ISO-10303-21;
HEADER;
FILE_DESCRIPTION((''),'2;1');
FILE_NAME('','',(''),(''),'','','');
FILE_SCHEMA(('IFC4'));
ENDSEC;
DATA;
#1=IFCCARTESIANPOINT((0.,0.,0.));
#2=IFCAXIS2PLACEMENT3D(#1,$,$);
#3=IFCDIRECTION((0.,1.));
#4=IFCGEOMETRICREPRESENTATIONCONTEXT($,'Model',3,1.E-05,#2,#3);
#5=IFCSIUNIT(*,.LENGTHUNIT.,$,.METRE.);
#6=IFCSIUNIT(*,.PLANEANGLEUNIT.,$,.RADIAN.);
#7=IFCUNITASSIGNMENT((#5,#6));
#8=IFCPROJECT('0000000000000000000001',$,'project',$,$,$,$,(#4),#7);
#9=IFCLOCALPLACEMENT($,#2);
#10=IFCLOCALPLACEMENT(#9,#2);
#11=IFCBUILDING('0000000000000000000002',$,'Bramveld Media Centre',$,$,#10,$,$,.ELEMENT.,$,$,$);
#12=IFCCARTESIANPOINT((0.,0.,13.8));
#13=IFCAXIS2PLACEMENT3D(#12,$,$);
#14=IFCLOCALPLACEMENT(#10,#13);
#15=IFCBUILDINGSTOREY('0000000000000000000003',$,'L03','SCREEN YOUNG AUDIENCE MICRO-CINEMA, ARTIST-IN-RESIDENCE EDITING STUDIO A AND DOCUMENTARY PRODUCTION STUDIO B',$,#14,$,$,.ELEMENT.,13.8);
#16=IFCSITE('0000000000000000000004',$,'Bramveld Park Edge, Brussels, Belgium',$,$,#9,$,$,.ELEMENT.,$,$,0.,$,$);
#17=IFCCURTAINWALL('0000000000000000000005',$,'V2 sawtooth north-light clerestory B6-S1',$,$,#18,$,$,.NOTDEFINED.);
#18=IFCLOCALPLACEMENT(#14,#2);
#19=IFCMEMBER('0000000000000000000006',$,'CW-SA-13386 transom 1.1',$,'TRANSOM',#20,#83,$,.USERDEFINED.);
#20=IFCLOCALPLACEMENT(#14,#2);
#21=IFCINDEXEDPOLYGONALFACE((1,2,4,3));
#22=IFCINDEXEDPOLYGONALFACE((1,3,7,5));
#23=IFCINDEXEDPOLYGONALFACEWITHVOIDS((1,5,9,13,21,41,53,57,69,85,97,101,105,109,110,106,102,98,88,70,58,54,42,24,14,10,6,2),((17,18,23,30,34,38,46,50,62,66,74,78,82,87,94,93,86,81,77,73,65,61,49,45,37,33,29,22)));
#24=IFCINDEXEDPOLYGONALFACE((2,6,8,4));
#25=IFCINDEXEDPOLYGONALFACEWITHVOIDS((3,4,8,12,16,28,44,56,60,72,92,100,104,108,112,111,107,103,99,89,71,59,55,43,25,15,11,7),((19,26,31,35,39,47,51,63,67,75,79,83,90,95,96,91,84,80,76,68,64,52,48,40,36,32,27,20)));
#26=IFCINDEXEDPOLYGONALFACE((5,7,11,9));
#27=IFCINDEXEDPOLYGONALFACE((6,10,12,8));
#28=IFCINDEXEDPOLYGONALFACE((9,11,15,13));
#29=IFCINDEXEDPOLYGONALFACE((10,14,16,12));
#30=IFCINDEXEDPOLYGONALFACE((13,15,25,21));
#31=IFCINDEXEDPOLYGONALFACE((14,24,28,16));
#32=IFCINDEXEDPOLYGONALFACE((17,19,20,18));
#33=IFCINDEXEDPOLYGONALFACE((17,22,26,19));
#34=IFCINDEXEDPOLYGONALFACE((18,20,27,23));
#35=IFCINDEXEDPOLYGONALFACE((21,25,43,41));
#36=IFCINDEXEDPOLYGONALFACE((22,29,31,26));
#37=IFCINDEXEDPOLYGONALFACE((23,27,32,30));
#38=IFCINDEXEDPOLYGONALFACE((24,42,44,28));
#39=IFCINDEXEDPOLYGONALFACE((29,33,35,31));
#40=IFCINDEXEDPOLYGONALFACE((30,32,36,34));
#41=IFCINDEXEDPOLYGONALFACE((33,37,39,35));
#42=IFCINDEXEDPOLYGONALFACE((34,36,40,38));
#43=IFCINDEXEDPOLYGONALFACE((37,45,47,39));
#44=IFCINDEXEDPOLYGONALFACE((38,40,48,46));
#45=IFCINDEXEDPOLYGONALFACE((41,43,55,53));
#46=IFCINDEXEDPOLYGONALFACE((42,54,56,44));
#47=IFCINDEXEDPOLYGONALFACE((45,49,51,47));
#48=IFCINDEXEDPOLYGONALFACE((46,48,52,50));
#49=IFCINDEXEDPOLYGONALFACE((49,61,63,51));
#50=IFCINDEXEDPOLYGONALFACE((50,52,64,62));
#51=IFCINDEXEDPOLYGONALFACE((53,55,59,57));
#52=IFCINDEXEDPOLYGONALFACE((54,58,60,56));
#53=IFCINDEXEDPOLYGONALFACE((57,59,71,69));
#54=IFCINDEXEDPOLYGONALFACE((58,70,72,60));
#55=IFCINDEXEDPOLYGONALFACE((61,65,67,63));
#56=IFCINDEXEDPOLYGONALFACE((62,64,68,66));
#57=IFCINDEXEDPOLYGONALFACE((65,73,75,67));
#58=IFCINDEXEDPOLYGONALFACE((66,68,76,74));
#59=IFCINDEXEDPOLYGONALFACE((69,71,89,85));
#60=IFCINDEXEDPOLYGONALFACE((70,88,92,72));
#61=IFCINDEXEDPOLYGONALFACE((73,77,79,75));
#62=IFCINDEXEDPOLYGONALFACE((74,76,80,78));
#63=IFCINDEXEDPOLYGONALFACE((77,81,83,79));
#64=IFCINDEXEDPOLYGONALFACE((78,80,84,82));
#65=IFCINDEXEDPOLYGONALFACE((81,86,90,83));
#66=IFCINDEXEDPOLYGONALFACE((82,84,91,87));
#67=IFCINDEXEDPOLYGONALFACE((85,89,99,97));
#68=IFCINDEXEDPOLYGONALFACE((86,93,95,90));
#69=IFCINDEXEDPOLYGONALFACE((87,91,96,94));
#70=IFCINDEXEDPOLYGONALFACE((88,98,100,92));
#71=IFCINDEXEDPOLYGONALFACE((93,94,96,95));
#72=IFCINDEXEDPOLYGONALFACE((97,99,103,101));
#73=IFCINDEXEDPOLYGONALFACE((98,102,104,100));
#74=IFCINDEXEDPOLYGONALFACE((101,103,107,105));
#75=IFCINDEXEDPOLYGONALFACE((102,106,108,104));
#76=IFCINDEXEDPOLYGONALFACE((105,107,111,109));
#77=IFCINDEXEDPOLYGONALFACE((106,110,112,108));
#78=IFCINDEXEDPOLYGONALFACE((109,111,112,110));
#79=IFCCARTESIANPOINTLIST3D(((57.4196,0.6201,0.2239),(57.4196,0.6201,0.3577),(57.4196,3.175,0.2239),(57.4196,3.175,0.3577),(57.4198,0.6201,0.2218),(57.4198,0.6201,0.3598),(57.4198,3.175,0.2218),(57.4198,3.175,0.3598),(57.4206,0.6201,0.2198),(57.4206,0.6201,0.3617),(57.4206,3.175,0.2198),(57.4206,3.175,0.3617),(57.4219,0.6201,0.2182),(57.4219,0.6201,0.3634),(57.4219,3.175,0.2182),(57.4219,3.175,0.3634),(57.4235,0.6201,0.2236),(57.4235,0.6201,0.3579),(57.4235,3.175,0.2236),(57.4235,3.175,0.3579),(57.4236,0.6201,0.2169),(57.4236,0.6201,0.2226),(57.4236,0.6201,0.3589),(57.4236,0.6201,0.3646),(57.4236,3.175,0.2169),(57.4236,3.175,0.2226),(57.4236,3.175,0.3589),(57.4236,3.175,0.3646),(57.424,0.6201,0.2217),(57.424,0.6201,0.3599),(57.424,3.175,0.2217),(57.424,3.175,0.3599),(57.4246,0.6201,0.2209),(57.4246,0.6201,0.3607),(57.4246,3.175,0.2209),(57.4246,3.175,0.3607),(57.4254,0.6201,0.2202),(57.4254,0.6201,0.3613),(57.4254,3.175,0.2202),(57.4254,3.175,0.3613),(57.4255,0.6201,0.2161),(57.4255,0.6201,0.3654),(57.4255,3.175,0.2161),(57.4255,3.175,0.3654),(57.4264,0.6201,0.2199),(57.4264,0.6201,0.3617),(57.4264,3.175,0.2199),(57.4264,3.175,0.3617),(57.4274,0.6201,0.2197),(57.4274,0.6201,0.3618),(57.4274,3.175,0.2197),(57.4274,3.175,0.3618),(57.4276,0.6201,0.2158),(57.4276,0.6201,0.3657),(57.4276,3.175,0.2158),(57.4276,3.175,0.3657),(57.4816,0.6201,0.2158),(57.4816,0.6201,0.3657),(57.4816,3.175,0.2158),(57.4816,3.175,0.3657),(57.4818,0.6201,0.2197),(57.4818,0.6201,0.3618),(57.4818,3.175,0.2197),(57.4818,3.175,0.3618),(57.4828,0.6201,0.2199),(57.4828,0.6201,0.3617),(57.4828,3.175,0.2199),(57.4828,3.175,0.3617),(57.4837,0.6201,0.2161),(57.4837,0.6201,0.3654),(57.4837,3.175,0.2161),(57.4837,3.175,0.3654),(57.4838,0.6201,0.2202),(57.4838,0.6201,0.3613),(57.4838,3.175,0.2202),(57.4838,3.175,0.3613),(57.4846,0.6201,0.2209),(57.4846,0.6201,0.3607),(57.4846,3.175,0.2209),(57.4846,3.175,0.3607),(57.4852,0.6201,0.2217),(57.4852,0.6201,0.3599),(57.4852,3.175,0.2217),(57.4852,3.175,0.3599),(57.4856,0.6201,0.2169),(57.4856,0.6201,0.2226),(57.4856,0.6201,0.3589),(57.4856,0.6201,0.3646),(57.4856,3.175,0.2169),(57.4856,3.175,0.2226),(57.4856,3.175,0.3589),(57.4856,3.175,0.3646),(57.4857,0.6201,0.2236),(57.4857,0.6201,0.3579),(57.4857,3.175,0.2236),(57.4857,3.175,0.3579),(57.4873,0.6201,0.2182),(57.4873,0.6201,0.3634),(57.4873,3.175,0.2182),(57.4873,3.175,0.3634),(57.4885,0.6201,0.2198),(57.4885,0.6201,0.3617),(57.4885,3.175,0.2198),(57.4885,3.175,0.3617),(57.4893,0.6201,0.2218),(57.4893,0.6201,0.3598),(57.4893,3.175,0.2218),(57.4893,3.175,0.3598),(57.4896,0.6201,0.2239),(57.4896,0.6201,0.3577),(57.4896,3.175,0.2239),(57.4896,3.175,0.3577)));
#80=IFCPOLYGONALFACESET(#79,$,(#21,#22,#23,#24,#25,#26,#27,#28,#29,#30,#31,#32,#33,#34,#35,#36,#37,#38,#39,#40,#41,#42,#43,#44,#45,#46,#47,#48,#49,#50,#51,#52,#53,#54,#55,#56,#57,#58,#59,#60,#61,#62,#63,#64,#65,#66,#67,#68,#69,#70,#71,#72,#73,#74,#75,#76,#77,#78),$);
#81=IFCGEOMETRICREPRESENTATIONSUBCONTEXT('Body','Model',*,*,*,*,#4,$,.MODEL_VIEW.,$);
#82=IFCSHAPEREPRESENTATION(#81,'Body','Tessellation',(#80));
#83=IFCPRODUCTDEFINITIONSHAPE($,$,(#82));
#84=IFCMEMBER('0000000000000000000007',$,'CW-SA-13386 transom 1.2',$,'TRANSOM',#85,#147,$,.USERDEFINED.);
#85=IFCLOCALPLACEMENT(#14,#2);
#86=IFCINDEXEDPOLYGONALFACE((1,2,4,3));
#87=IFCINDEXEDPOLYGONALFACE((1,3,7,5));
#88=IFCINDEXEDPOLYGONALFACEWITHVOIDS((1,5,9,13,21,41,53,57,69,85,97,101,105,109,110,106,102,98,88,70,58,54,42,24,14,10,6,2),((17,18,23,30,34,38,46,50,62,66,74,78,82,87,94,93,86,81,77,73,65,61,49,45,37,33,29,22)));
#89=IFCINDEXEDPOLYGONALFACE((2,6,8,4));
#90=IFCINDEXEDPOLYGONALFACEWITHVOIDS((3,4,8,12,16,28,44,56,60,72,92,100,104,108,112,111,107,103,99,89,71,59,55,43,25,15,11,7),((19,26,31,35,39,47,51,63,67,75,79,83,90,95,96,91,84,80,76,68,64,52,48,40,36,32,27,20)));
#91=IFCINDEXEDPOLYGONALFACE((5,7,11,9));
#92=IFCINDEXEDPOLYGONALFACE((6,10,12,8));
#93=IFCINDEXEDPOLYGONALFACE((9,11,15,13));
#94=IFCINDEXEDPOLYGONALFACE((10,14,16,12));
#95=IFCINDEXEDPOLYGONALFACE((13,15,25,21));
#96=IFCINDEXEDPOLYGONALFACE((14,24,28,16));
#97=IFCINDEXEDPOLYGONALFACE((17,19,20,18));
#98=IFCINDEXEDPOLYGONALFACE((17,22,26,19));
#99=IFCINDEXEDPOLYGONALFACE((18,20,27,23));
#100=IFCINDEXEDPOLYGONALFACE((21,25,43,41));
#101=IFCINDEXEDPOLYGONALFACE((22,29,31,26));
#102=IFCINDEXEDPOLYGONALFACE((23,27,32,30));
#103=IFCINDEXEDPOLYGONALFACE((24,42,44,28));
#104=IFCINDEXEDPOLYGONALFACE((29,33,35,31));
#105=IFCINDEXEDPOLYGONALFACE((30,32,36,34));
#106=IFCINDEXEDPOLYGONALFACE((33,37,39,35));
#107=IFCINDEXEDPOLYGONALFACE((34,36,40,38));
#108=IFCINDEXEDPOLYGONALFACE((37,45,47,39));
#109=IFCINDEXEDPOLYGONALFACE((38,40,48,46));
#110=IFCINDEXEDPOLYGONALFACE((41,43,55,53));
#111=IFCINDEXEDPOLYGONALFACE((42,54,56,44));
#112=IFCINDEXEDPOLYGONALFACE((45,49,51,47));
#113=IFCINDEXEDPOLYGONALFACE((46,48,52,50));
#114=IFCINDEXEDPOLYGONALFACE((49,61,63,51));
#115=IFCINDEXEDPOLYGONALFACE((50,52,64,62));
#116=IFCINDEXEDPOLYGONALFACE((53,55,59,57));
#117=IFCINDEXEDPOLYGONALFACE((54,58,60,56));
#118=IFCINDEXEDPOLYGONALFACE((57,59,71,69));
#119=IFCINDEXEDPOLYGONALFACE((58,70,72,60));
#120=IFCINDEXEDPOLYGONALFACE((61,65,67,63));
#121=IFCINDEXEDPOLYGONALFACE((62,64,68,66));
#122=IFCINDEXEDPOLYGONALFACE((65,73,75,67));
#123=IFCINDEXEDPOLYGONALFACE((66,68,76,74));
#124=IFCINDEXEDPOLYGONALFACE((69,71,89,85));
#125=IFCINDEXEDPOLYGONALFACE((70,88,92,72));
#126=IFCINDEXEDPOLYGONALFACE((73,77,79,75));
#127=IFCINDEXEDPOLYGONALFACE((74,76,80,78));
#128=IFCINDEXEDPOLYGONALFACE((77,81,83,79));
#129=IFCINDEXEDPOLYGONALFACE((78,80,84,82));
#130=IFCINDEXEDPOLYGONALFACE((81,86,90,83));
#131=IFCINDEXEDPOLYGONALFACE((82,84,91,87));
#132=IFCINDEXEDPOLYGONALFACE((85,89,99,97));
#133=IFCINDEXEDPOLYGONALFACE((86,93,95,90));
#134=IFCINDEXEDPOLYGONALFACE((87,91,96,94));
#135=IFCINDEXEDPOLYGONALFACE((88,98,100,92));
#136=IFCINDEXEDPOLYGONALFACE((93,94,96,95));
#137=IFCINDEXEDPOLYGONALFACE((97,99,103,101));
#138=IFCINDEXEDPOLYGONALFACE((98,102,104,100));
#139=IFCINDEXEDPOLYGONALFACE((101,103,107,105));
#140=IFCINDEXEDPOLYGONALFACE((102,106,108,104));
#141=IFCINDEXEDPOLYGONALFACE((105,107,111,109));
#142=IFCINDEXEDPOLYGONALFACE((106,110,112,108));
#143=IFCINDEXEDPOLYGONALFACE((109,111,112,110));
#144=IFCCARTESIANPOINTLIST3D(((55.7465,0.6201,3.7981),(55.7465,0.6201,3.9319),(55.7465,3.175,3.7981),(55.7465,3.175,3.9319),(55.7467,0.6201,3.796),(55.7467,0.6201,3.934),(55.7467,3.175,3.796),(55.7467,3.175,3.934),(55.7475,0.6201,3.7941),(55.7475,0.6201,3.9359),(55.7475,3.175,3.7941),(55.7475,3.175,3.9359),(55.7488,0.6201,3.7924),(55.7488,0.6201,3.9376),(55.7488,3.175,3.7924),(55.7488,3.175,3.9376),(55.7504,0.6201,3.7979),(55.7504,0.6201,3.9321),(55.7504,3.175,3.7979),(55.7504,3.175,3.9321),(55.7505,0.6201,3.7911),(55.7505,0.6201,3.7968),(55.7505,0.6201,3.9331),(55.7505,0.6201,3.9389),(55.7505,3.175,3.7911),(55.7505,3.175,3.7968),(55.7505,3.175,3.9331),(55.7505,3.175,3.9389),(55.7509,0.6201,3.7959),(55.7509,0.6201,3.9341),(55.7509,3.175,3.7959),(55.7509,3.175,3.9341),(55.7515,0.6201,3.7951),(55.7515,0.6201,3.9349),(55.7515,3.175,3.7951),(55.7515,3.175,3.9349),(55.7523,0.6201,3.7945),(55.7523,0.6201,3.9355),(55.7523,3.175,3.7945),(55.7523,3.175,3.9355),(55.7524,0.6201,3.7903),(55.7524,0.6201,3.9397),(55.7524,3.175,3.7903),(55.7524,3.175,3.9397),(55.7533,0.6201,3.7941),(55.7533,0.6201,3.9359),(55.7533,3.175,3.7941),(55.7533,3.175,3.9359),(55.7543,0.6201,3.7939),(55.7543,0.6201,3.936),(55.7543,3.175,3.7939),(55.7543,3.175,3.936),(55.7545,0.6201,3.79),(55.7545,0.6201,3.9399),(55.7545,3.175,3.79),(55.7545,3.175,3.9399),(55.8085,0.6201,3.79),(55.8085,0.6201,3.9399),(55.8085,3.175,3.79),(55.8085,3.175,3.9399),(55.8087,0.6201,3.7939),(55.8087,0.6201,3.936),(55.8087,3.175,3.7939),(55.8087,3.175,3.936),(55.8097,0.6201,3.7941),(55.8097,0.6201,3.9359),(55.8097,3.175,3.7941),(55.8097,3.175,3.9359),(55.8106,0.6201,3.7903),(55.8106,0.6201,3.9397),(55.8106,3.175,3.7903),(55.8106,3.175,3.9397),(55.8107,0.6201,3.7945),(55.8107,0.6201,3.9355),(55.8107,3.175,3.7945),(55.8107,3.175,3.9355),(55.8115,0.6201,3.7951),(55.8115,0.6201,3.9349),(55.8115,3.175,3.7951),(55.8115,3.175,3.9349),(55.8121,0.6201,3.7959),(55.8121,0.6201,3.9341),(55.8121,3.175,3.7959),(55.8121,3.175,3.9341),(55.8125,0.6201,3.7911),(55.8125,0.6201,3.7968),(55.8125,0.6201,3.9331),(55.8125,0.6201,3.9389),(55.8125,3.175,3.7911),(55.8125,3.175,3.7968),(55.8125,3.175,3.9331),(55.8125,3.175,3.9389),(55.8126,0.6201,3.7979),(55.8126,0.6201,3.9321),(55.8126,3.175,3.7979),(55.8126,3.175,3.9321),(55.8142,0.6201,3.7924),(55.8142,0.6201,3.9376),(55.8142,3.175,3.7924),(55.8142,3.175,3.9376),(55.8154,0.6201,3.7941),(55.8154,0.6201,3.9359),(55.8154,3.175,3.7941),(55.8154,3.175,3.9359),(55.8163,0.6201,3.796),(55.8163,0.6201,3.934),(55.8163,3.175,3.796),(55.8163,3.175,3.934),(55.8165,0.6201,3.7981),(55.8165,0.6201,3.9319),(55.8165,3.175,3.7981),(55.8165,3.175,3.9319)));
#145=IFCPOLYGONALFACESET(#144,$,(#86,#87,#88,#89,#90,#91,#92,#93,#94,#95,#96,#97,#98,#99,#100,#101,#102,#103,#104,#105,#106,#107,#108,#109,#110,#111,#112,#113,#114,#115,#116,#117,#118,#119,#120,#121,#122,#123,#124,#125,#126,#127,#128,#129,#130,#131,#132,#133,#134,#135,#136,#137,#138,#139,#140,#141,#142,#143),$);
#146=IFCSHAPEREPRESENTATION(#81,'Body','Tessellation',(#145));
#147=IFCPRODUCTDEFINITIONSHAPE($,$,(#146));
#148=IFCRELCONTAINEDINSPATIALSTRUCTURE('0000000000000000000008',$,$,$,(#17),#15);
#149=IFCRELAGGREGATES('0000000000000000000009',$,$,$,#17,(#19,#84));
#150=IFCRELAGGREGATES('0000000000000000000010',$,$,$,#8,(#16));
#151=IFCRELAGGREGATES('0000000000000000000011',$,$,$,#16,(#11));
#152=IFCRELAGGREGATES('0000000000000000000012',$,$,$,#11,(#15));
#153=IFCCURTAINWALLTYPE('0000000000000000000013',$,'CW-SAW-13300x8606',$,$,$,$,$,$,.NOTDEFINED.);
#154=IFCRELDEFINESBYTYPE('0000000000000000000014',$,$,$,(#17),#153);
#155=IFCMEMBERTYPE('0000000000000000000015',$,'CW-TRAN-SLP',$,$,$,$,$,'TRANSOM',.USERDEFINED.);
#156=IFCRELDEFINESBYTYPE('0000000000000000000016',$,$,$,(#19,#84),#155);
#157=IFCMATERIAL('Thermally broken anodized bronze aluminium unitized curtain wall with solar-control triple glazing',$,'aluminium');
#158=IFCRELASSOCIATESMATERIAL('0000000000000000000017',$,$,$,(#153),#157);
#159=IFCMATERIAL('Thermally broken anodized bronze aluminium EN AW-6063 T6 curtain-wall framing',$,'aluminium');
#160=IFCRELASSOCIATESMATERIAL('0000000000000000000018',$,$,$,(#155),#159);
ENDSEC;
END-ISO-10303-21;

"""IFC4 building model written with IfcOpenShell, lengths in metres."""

from ifc_helpers import new_model, si_unit, direction, frame, origin, origin_2d, place, context, subcontext, project, spatial, hollow_rectangle, extrude, material, material_profile, profile_set, type_object, element, aggregate, save


model = new_model("IFC4")

# Units and contexts
model_context = context("Model", 3, precision=1e-05, world=origin(), true_north=direction((0.0, 1.0)))
body_context = subcontext(model_context, "Body", "Model", "MODEL_VIEW")
ifc_project = project(units=[si_unit("LENGTHUNIT", "METRE"), si_unit("PLANEANGLEUNIT", "RADIAN")], contexts=[model_context])

# Site, building, storey
site_placement = place(None, origin())
site = spatial("IfcSite", under=ifc_project, at=site_placement, Name="Bramveld Park Edge, Brussels, Belgium", CompositionType="ELEMENT", RefElevation=0.0)
building_placement = place(site_placement, origin())
building = spatial("IfcBuilding", under=site, at=building_placement, Name="Bramveld Media Centre", CompositionType="ELEMENT")
storey_placement = place(building_placement, frame((0.0, 0.0, 13.8)))
storey = spatial("IfcBuildingStorey", under=building, at=storey_placement, Name="L03", Description="SCREEN YOUNG AUDIENCE MICRO-CINEMA, ARTIST-IN-RESIDENCE EDITING STUDIO A AND DOCUMENTARY PRODUCTION STUDIO B", CompositionType="ELEMENT", Elevation=13.8)

# Curtain wall, members
ifc_material_1 = material(Name="Thermally broken anodized bronze aluminium unitized curtain wall with solar-control triple glazing", Category="aluminium")
curtain_wall_type = type_object("IfcCurtainWallType", Name="CW-SAW-13300x8606", PredefinedType="NOTDEFINED", material=ifc_material_1)
curtain_wall_placement = place(storey_placement, origin())
curtain_wall = element("IfcCurtainWall", 1, at=curtain_wall_placement, inside=storey, type_object=curtain_wall_type, Name="V2 sawtooth north-light clerestory B6-S1", PredefinedType="NOTDEFINED")
ifc_material_2 = material(Name="Thermally broken anodized bronze aluminium EN AW-6063 T6 curtain-wall framing", Category="aluminium")
ifc_material_profile_1 = material_profile(ifc_material_2, hollow_rectangle(XDim=0.0701, YDim=0.1499, WallThickness=0.0039, InnerFilletRadius=0.0039, OuterFilletRadius=0.0081, at=origin_2d()), Name="AL-TRAN 70x150")
ifc_profile_set_1 = profile_set([ifc_material_profile_1], Name="Thermally broken anodized bronze aluminium EN AW-6063 T6 curtain-wall framing")
member_type_1 = type_object("IfcMemberType", Name="CW-TRAN-SLP", ElementType="TRANSOM", PredefinedType="USERDEFINED", material=ifc_profile_set_1)
member_1_placement = place(storey_placement, frame((57.4546, 0.6201, 0.2908), z_axis=(0.0, 1.0, 0.0), x_axis=(-1.0, 0.0, 0.0)))
member_1 = element("IfcMember", 2, at=member_1_placement, type_object=member_type_1, Name="CW-SA-13386 transom 1.1", ObjectType="TRANSOM", PredefinedType="USERDEFINED", context=body_context, shape_type="SweptSolid", body=[
    extrude(hollow_rectangle(XDim=0.0701, YDim=0.1499, WallThickness=0.0039, InnerFilletRadius=0.0039, OuterFilletRadius=0.0081, at=origin_2d()), origin(), (0.0, 0.0, 1.0), 2.5549),
])
member_2_placement = place(storey_placement, frame((55.7815, 0.6201, 3.865), z_axis=(0.0, 1.0, 0.0), x_axis=(-1.0, 0.0, 0.0)))
member_2 = element("IfcMember", 3, at=member_2_placement, type_object=member_type_1, Name="CW-SA-13386 transom 1.2", ObjectType="TRANSOM", PredefinedType="USERDEFINED", context=body_context, shape_type="SweptSolid", body=[
    extrude(hollow_rectangle(XDim=0.0701, YDim=0.1499, WallThickness=0.0039, InnerFilletRadius=0.0039, OuterFilletRadius=0.0081, at=origin_2d()), origin(), (0.0, 0.0, 1.0), 2.5549),
])

aggregate(curtain_wall, [member_1, member_2])

save(model, "model.ifc")
